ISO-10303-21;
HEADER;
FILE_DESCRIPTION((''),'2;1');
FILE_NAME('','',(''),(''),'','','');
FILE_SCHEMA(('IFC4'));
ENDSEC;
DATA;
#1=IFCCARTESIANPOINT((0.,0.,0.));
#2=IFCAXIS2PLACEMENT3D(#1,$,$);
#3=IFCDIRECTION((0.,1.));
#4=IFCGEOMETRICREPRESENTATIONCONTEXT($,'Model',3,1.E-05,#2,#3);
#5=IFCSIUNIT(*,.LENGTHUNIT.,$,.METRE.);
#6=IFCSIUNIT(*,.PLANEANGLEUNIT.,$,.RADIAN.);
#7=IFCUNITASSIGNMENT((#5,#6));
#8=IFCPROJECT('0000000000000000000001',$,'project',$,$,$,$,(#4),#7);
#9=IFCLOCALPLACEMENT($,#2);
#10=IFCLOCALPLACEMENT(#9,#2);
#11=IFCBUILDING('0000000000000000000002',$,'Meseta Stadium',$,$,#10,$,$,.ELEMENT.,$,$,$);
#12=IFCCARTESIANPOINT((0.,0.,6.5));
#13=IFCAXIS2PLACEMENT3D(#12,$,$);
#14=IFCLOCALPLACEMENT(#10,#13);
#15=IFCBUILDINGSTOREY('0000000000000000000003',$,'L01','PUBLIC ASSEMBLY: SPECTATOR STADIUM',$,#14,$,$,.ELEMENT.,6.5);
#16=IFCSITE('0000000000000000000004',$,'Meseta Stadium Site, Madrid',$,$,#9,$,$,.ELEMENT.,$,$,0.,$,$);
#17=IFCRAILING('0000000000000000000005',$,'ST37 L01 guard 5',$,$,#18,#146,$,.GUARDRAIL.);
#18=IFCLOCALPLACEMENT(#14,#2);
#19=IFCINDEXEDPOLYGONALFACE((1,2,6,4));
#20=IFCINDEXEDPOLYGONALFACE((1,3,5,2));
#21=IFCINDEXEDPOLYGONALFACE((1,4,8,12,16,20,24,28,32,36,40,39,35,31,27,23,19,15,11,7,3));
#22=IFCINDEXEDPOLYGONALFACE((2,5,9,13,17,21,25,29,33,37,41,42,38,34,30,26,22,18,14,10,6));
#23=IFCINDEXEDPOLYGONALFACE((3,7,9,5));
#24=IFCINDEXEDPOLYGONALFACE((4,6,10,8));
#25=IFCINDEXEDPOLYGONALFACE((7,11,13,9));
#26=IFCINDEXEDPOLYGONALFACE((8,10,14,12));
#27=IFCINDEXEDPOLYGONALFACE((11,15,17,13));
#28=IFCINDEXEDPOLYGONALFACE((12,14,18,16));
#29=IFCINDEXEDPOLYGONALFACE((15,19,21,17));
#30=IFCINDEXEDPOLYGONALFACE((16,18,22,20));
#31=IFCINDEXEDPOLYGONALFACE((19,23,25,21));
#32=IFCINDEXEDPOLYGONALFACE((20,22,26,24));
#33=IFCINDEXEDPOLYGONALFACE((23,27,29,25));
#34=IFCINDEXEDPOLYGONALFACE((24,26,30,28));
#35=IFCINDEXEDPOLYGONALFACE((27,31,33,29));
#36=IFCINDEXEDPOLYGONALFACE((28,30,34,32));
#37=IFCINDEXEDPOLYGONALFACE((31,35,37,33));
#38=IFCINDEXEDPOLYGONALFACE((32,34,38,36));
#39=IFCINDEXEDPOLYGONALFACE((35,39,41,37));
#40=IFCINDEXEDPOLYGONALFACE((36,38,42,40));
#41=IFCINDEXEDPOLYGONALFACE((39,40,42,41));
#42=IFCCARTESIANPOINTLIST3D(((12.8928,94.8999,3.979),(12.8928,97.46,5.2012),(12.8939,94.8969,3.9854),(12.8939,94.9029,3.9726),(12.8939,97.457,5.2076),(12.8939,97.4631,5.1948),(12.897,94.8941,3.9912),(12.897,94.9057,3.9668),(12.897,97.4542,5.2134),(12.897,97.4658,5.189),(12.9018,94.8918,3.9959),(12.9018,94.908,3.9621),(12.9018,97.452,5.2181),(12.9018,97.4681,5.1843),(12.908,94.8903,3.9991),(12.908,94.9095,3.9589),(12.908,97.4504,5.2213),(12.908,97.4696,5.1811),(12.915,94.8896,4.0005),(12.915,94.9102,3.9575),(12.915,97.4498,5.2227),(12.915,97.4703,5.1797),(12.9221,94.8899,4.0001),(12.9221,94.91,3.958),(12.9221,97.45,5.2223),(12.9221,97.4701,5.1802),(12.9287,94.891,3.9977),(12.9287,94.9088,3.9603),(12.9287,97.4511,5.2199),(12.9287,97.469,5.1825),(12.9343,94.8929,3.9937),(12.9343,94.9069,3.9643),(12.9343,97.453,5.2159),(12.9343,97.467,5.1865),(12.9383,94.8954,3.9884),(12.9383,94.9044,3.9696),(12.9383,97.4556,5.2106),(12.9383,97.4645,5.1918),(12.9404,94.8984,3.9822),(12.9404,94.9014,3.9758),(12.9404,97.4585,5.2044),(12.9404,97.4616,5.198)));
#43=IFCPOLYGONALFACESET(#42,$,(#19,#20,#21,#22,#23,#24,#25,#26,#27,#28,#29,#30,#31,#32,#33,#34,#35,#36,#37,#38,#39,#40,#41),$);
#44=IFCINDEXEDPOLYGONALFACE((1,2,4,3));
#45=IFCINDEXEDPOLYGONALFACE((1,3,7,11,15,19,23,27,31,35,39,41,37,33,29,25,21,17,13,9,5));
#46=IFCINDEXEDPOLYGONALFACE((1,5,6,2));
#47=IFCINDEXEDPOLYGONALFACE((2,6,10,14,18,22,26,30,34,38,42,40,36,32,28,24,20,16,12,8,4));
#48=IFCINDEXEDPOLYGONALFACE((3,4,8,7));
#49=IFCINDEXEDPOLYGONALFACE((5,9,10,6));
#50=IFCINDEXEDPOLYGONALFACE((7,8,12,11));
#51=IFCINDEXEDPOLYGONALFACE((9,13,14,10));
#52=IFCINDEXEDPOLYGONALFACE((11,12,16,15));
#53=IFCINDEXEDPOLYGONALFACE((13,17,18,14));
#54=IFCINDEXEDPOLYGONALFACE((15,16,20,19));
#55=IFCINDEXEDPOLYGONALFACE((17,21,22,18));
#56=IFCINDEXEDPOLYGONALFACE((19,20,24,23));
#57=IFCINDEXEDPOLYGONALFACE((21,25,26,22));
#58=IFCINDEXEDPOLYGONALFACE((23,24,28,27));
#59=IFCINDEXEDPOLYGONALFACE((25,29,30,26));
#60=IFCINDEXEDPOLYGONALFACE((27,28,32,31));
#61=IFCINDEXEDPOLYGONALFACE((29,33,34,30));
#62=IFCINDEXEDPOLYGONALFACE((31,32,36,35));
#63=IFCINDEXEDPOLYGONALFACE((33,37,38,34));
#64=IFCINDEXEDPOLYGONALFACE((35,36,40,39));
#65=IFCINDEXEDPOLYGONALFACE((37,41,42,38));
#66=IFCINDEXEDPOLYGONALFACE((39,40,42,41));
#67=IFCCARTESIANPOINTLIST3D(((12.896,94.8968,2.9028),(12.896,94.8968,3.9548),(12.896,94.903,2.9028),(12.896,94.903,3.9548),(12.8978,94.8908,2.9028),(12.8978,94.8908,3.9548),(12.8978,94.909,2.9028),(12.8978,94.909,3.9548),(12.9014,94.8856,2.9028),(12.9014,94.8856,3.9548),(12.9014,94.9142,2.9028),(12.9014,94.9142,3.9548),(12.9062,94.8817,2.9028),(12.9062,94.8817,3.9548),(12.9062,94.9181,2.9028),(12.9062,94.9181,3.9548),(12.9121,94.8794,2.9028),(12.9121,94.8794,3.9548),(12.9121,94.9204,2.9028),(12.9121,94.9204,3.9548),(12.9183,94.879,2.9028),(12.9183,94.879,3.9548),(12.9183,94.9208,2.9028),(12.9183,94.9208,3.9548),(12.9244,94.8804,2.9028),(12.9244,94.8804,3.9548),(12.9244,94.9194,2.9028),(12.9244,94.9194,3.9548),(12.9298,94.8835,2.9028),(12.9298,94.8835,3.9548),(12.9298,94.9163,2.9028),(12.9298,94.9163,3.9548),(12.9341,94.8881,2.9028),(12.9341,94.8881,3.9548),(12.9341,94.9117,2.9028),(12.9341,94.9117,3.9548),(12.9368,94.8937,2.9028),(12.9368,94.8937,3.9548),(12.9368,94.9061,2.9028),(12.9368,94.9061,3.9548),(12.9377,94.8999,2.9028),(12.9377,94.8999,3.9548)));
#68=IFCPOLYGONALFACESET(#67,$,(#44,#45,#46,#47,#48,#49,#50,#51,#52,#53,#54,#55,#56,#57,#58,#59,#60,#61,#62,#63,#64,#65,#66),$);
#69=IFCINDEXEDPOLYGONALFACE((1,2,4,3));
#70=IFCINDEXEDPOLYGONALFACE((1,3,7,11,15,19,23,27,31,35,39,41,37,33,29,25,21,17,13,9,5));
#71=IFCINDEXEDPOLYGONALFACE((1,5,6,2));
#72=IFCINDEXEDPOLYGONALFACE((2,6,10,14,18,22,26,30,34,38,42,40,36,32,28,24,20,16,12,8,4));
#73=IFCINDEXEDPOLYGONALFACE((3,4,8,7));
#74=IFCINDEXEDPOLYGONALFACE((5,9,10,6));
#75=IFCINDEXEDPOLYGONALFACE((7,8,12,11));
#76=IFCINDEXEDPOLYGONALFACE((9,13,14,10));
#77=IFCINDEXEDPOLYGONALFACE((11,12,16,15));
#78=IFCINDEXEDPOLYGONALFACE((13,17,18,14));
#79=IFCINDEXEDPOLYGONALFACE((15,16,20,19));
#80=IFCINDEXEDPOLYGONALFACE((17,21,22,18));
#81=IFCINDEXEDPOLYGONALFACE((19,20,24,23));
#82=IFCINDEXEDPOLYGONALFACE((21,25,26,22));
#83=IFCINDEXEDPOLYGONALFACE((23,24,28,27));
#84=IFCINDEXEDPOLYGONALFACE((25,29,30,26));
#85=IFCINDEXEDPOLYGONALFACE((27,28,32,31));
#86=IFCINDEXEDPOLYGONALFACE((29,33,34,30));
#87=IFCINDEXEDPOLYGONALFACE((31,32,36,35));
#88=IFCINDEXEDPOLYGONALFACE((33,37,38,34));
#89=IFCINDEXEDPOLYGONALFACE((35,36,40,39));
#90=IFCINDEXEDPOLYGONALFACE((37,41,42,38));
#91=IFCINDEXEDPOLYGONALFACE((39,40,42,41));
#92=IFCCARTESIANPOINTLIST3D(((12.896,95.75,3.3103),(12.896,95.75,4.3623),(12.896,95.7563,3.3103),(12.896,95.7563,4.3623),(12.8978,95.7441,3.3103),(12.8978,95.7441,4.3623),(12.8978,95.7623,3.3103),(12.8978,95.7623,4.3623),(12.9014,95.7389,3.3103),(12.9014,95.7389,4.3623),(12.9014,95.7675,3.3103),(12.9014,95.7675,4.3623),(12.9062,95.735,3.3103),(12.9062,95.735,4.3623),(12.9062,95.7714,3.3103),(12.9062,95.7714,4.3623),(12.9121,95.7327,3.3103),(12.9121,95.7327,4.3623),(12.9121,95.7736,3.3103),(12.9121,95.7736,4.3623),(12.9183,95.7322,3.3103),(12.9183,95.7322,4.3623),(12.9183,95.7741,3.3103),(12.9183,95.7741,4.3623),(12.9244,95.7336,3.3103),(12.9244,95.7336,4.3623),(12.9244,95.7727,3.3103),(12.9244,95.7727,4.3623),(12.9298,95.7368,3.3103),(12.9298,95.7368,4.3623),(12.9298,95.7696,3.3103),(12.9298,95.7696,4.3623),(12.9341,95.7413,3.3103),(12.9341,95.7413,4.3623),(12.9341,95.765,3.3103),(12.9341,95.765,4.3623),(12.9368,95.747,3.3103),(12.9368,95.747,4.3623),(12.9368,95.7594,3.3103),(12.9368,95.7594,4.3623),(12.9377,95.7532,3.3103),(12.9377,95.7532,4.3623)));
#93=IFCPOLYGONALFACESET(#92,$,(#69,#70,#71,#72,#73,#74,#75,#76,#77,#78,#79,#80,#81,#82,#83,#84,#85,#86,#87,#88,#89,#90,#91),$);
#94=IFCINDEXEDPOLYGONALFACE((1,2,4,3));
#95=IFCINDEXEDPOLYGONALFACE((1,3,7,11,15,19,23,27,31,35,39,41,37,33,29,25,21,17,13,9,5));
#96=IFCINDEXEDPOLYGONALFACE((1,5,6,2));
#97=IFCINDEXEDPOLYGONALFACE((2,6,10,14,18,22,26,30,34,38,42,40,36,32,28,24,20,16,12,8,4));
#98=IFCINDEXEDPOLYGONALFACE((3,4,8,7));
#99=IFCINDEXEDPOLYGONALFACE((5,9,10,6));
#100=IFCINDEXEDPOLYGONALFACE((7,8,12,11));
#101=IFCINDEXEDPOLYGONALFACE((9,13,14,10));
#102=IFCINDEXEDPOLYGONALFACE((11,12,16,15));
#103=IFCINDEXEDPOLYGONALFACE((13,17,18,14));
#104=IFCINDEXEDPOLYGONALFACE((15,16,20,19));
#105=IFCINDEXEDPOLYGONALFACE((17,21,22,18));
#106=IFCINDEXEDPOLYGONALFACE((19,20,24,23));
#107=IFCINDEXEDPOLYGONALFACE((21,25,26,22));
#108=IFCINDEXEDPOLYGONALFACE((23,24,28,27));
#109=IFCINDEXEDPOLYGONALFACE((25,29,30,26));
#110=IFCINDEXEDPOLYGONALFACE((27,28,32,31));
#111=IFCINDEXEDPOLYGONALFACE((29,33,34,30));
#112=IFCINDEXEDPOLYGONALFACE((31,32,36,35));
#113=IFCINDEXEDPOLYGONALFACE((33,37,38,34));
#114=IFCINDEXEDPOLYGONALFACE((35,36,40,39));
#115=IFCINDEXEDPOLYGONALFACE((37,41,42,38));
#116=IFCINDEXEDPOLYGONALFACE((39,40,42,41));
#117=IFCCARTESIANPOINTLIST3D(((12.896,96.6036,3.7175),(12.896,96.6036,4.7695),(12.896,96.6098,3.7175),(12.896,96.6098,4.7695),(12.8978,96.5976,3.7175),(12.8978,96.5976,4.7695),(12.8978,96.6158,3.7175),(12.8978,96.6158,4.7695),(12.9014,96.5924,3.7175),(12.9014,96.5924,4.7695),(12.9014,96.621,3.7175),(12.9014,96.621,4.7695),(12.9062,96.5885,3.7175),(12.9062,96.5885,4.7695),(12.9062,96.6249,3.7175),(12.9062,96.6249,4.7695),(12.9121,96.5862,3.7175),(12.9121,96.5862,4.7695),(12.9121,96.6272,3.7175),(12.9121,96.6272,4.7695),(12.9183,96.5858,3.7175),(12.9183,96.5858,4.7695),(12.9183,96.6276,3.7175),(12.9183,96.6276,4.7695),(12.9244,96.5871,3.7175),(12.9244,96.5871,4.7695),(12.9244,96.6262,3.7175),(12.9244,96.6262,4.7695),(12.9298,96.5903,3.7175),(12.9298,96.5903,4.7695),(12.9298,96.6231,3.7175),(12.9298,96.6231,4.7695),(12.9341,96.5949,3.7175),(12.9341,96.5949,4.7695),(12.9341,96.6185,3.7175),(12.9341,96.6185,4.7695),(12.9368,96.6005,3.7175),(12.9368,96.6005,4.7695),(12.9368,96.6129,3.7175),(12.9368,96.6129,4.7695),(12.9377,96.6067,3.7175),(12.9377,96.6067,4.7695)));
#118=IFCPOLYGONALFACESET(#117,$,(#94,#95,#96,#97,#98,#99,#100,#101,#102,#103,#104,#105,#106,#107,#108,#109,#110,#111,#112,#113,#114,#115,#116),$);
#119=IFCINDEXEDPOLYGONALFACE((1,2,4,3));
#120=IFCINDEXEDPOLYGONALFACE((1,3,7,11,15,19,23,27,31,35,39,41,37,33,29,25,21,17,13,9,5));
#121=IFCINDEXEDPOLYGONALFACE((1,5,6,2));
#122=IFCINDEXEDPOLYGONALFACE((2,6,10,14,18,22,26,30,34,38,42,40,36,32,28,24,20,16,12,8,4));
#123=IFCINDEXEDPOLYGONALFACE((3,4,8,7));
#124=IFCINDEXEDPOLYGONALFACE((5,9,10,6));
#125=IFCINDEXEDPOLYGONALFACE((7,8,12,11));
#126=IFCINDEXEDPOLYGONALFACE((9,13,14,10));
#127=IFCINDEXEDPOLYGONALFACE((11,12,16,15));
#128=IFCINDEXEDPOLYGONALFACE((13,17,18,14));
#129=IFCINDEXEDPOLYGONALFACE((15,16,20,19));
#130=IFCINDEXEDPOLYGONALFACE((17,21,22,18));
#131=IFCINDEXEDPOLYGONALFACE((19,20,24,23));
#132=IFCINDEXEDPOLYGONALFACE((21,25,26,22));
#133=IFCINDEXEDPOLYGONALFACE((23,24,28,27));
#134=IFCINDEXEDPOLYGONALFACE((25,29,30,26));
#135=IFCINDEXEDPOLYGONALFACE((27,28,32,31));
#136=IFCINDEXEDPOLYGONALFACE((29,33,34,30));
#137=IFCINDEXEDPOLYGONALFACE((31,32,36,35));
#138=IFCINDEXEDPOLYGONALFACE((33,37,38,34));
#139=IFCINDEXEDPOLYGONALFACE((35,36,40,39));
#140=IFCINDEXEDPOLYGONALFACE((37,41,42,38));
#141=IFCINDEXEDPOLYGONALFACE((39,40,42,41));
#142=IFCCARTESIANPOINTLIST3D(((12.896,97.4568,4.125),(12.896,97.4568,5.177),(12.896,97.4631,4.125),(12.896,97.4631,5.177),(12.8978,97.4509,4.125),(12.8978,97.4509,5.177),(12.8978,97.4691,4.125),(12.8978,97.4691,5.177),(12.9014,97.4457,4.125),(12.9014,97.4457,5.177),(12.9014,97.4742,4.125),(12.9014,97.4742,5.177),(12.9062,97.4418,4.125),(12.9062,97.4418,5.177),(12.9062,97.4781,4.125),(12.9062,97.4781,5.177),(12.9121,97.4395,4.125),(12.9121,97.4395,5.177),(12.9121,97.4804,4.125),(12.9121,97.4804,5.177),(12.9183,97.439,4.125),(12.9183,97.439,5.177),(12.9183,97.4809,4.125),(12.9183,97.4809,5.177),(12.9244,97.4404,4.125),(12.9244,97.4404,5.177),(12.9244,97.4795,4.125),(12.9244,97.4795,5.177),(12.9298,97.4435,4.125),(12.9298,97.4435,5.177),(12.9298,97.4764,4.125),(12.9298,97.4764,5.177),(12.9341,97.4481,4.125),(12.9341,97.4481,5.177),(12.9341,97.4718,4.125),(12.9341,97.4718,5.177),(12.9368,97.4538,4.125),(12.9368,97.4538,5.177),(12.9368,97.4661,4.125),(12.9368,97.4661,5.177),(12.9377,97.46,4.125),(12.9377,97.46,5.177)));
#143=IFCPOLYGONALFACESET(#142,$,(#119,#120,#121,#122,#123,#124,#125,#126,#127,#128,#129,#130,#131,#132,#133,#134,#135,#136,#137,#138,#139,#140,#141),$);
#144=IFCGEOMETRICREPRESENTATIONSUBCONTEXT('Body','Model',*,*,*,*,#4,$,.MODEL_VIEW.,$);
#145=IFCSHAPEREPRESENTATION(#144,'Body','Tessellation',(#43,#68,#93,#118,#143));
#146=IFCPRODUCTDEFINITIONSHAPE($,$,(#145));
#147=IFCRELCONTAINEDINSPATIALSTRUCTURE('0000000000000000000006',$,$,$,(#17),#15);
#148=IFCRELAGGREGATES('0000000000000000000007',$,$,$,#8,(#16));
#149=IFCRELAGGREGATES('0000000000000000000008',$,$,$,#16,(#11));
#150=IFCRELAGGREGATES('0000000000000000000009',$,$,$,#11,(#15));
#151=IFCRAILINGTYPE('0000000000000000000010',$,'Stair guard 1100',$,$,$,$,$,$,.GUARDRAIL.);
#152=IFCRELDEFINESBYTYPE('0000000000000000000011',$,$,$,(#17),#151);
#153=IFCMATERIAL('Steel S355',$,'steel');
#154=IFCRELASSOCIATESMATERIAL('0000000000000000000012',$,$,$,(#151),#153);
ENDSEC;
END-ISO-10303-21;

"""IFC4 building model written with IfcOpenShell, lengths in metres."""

from ifc_helpers import new_model, si_unit, direction, frame, origin, origin_2d, place, context, subcontext, project, spatial, circle, extrude, material, type_object, element, save


model = new_model("IFC4")

# Units and contexts
model_context = context("Model", 3, precision=1e-05, world=origin(), true_north=direction((0.0, 1.0)))
body_context = subcontext(model_context, "Body", "Model", "MODEL_VIEW")
ifc_project = project(units=[si_unit("LENGTHUNIT", "METRE"), si_unit("PLANEANGLEUNIT", "RADIAN")], contexts=[model_context])

# Site, building, storey
site_placement = place(None, origin())
site = spatial("IfcSite", under=ifc_project, at=site_placement, Name="Meseta Stadium Site, Madrid", CompositionType="ELEMENT", RefElevation=0.0)
building_placement = place(site_placement, origin())
building = spatial("IfcBuilding", under=site, at=building_placement, Name="Meseta Stadium", CompositionType="ELEMENT")
storey_placement = place(building_placement, frame((0.0, 0.0, 6.5)))
storey = spatial("IfcBuildingStorey", under=building, at=storey_placement, Name="L01", Description="PUBLIC ASSEMBLY: SPECTATOR STADIUM", CompositionType="ELEMENT", Elevation=6.5)

# Railing
ifc_material_1 = material(Name="Steel S355", Category="steel")
railing_type_1 = type_object("IfcRailingType", Name="Stair guard 1100", PredefinedType="GUARDRAIL", material=ifc_material_1)
railing_1_placement = place(storey_placement, frame((12.9167, 94.8999, 2.9028)))
element("IfcRailing", 1, at=railing_1_placement, inside=storey, type_object=railing_type_1, Name="ST37 L01 guard 5", PredefinedType="GUARDRAIL", context=body_context, shape_type="SweptSolid", body=[
    extrude(circle(Radius=0.0239, at=origin_2d()), frame((0.0, 0.0, 1.0762), z_axis=(0.0, 0.902437, 0.430822), x_axis=(-1.0, 0.0, 0.0)), (0.0, 0.0, 1.0), 2.8369),
    extrude(circle(Radius=0.021, at=origin_2d()), origin(), (0.0, 0.0, 1.0), 1.052),
    extrude(circle(Radius=0.021, at=origin_2d()), frame((0.0, 0.8533, 0.4075)), (0.0, 0.0, 1.0), 1.052),
    extrude(circle(Radius=0.021, at=origin_2d()), frame((0.0, 1.7068, 0.8147)), (0.0, 0.0, 1.0), 1.052),
    extrude(circle(Radius=0.021, at=origin_2d()), frame((0.0, 2.5601, 1.2222)), (0.0, 0.0, 1.0), 1.052),
])

save(model, "model.ifc")
